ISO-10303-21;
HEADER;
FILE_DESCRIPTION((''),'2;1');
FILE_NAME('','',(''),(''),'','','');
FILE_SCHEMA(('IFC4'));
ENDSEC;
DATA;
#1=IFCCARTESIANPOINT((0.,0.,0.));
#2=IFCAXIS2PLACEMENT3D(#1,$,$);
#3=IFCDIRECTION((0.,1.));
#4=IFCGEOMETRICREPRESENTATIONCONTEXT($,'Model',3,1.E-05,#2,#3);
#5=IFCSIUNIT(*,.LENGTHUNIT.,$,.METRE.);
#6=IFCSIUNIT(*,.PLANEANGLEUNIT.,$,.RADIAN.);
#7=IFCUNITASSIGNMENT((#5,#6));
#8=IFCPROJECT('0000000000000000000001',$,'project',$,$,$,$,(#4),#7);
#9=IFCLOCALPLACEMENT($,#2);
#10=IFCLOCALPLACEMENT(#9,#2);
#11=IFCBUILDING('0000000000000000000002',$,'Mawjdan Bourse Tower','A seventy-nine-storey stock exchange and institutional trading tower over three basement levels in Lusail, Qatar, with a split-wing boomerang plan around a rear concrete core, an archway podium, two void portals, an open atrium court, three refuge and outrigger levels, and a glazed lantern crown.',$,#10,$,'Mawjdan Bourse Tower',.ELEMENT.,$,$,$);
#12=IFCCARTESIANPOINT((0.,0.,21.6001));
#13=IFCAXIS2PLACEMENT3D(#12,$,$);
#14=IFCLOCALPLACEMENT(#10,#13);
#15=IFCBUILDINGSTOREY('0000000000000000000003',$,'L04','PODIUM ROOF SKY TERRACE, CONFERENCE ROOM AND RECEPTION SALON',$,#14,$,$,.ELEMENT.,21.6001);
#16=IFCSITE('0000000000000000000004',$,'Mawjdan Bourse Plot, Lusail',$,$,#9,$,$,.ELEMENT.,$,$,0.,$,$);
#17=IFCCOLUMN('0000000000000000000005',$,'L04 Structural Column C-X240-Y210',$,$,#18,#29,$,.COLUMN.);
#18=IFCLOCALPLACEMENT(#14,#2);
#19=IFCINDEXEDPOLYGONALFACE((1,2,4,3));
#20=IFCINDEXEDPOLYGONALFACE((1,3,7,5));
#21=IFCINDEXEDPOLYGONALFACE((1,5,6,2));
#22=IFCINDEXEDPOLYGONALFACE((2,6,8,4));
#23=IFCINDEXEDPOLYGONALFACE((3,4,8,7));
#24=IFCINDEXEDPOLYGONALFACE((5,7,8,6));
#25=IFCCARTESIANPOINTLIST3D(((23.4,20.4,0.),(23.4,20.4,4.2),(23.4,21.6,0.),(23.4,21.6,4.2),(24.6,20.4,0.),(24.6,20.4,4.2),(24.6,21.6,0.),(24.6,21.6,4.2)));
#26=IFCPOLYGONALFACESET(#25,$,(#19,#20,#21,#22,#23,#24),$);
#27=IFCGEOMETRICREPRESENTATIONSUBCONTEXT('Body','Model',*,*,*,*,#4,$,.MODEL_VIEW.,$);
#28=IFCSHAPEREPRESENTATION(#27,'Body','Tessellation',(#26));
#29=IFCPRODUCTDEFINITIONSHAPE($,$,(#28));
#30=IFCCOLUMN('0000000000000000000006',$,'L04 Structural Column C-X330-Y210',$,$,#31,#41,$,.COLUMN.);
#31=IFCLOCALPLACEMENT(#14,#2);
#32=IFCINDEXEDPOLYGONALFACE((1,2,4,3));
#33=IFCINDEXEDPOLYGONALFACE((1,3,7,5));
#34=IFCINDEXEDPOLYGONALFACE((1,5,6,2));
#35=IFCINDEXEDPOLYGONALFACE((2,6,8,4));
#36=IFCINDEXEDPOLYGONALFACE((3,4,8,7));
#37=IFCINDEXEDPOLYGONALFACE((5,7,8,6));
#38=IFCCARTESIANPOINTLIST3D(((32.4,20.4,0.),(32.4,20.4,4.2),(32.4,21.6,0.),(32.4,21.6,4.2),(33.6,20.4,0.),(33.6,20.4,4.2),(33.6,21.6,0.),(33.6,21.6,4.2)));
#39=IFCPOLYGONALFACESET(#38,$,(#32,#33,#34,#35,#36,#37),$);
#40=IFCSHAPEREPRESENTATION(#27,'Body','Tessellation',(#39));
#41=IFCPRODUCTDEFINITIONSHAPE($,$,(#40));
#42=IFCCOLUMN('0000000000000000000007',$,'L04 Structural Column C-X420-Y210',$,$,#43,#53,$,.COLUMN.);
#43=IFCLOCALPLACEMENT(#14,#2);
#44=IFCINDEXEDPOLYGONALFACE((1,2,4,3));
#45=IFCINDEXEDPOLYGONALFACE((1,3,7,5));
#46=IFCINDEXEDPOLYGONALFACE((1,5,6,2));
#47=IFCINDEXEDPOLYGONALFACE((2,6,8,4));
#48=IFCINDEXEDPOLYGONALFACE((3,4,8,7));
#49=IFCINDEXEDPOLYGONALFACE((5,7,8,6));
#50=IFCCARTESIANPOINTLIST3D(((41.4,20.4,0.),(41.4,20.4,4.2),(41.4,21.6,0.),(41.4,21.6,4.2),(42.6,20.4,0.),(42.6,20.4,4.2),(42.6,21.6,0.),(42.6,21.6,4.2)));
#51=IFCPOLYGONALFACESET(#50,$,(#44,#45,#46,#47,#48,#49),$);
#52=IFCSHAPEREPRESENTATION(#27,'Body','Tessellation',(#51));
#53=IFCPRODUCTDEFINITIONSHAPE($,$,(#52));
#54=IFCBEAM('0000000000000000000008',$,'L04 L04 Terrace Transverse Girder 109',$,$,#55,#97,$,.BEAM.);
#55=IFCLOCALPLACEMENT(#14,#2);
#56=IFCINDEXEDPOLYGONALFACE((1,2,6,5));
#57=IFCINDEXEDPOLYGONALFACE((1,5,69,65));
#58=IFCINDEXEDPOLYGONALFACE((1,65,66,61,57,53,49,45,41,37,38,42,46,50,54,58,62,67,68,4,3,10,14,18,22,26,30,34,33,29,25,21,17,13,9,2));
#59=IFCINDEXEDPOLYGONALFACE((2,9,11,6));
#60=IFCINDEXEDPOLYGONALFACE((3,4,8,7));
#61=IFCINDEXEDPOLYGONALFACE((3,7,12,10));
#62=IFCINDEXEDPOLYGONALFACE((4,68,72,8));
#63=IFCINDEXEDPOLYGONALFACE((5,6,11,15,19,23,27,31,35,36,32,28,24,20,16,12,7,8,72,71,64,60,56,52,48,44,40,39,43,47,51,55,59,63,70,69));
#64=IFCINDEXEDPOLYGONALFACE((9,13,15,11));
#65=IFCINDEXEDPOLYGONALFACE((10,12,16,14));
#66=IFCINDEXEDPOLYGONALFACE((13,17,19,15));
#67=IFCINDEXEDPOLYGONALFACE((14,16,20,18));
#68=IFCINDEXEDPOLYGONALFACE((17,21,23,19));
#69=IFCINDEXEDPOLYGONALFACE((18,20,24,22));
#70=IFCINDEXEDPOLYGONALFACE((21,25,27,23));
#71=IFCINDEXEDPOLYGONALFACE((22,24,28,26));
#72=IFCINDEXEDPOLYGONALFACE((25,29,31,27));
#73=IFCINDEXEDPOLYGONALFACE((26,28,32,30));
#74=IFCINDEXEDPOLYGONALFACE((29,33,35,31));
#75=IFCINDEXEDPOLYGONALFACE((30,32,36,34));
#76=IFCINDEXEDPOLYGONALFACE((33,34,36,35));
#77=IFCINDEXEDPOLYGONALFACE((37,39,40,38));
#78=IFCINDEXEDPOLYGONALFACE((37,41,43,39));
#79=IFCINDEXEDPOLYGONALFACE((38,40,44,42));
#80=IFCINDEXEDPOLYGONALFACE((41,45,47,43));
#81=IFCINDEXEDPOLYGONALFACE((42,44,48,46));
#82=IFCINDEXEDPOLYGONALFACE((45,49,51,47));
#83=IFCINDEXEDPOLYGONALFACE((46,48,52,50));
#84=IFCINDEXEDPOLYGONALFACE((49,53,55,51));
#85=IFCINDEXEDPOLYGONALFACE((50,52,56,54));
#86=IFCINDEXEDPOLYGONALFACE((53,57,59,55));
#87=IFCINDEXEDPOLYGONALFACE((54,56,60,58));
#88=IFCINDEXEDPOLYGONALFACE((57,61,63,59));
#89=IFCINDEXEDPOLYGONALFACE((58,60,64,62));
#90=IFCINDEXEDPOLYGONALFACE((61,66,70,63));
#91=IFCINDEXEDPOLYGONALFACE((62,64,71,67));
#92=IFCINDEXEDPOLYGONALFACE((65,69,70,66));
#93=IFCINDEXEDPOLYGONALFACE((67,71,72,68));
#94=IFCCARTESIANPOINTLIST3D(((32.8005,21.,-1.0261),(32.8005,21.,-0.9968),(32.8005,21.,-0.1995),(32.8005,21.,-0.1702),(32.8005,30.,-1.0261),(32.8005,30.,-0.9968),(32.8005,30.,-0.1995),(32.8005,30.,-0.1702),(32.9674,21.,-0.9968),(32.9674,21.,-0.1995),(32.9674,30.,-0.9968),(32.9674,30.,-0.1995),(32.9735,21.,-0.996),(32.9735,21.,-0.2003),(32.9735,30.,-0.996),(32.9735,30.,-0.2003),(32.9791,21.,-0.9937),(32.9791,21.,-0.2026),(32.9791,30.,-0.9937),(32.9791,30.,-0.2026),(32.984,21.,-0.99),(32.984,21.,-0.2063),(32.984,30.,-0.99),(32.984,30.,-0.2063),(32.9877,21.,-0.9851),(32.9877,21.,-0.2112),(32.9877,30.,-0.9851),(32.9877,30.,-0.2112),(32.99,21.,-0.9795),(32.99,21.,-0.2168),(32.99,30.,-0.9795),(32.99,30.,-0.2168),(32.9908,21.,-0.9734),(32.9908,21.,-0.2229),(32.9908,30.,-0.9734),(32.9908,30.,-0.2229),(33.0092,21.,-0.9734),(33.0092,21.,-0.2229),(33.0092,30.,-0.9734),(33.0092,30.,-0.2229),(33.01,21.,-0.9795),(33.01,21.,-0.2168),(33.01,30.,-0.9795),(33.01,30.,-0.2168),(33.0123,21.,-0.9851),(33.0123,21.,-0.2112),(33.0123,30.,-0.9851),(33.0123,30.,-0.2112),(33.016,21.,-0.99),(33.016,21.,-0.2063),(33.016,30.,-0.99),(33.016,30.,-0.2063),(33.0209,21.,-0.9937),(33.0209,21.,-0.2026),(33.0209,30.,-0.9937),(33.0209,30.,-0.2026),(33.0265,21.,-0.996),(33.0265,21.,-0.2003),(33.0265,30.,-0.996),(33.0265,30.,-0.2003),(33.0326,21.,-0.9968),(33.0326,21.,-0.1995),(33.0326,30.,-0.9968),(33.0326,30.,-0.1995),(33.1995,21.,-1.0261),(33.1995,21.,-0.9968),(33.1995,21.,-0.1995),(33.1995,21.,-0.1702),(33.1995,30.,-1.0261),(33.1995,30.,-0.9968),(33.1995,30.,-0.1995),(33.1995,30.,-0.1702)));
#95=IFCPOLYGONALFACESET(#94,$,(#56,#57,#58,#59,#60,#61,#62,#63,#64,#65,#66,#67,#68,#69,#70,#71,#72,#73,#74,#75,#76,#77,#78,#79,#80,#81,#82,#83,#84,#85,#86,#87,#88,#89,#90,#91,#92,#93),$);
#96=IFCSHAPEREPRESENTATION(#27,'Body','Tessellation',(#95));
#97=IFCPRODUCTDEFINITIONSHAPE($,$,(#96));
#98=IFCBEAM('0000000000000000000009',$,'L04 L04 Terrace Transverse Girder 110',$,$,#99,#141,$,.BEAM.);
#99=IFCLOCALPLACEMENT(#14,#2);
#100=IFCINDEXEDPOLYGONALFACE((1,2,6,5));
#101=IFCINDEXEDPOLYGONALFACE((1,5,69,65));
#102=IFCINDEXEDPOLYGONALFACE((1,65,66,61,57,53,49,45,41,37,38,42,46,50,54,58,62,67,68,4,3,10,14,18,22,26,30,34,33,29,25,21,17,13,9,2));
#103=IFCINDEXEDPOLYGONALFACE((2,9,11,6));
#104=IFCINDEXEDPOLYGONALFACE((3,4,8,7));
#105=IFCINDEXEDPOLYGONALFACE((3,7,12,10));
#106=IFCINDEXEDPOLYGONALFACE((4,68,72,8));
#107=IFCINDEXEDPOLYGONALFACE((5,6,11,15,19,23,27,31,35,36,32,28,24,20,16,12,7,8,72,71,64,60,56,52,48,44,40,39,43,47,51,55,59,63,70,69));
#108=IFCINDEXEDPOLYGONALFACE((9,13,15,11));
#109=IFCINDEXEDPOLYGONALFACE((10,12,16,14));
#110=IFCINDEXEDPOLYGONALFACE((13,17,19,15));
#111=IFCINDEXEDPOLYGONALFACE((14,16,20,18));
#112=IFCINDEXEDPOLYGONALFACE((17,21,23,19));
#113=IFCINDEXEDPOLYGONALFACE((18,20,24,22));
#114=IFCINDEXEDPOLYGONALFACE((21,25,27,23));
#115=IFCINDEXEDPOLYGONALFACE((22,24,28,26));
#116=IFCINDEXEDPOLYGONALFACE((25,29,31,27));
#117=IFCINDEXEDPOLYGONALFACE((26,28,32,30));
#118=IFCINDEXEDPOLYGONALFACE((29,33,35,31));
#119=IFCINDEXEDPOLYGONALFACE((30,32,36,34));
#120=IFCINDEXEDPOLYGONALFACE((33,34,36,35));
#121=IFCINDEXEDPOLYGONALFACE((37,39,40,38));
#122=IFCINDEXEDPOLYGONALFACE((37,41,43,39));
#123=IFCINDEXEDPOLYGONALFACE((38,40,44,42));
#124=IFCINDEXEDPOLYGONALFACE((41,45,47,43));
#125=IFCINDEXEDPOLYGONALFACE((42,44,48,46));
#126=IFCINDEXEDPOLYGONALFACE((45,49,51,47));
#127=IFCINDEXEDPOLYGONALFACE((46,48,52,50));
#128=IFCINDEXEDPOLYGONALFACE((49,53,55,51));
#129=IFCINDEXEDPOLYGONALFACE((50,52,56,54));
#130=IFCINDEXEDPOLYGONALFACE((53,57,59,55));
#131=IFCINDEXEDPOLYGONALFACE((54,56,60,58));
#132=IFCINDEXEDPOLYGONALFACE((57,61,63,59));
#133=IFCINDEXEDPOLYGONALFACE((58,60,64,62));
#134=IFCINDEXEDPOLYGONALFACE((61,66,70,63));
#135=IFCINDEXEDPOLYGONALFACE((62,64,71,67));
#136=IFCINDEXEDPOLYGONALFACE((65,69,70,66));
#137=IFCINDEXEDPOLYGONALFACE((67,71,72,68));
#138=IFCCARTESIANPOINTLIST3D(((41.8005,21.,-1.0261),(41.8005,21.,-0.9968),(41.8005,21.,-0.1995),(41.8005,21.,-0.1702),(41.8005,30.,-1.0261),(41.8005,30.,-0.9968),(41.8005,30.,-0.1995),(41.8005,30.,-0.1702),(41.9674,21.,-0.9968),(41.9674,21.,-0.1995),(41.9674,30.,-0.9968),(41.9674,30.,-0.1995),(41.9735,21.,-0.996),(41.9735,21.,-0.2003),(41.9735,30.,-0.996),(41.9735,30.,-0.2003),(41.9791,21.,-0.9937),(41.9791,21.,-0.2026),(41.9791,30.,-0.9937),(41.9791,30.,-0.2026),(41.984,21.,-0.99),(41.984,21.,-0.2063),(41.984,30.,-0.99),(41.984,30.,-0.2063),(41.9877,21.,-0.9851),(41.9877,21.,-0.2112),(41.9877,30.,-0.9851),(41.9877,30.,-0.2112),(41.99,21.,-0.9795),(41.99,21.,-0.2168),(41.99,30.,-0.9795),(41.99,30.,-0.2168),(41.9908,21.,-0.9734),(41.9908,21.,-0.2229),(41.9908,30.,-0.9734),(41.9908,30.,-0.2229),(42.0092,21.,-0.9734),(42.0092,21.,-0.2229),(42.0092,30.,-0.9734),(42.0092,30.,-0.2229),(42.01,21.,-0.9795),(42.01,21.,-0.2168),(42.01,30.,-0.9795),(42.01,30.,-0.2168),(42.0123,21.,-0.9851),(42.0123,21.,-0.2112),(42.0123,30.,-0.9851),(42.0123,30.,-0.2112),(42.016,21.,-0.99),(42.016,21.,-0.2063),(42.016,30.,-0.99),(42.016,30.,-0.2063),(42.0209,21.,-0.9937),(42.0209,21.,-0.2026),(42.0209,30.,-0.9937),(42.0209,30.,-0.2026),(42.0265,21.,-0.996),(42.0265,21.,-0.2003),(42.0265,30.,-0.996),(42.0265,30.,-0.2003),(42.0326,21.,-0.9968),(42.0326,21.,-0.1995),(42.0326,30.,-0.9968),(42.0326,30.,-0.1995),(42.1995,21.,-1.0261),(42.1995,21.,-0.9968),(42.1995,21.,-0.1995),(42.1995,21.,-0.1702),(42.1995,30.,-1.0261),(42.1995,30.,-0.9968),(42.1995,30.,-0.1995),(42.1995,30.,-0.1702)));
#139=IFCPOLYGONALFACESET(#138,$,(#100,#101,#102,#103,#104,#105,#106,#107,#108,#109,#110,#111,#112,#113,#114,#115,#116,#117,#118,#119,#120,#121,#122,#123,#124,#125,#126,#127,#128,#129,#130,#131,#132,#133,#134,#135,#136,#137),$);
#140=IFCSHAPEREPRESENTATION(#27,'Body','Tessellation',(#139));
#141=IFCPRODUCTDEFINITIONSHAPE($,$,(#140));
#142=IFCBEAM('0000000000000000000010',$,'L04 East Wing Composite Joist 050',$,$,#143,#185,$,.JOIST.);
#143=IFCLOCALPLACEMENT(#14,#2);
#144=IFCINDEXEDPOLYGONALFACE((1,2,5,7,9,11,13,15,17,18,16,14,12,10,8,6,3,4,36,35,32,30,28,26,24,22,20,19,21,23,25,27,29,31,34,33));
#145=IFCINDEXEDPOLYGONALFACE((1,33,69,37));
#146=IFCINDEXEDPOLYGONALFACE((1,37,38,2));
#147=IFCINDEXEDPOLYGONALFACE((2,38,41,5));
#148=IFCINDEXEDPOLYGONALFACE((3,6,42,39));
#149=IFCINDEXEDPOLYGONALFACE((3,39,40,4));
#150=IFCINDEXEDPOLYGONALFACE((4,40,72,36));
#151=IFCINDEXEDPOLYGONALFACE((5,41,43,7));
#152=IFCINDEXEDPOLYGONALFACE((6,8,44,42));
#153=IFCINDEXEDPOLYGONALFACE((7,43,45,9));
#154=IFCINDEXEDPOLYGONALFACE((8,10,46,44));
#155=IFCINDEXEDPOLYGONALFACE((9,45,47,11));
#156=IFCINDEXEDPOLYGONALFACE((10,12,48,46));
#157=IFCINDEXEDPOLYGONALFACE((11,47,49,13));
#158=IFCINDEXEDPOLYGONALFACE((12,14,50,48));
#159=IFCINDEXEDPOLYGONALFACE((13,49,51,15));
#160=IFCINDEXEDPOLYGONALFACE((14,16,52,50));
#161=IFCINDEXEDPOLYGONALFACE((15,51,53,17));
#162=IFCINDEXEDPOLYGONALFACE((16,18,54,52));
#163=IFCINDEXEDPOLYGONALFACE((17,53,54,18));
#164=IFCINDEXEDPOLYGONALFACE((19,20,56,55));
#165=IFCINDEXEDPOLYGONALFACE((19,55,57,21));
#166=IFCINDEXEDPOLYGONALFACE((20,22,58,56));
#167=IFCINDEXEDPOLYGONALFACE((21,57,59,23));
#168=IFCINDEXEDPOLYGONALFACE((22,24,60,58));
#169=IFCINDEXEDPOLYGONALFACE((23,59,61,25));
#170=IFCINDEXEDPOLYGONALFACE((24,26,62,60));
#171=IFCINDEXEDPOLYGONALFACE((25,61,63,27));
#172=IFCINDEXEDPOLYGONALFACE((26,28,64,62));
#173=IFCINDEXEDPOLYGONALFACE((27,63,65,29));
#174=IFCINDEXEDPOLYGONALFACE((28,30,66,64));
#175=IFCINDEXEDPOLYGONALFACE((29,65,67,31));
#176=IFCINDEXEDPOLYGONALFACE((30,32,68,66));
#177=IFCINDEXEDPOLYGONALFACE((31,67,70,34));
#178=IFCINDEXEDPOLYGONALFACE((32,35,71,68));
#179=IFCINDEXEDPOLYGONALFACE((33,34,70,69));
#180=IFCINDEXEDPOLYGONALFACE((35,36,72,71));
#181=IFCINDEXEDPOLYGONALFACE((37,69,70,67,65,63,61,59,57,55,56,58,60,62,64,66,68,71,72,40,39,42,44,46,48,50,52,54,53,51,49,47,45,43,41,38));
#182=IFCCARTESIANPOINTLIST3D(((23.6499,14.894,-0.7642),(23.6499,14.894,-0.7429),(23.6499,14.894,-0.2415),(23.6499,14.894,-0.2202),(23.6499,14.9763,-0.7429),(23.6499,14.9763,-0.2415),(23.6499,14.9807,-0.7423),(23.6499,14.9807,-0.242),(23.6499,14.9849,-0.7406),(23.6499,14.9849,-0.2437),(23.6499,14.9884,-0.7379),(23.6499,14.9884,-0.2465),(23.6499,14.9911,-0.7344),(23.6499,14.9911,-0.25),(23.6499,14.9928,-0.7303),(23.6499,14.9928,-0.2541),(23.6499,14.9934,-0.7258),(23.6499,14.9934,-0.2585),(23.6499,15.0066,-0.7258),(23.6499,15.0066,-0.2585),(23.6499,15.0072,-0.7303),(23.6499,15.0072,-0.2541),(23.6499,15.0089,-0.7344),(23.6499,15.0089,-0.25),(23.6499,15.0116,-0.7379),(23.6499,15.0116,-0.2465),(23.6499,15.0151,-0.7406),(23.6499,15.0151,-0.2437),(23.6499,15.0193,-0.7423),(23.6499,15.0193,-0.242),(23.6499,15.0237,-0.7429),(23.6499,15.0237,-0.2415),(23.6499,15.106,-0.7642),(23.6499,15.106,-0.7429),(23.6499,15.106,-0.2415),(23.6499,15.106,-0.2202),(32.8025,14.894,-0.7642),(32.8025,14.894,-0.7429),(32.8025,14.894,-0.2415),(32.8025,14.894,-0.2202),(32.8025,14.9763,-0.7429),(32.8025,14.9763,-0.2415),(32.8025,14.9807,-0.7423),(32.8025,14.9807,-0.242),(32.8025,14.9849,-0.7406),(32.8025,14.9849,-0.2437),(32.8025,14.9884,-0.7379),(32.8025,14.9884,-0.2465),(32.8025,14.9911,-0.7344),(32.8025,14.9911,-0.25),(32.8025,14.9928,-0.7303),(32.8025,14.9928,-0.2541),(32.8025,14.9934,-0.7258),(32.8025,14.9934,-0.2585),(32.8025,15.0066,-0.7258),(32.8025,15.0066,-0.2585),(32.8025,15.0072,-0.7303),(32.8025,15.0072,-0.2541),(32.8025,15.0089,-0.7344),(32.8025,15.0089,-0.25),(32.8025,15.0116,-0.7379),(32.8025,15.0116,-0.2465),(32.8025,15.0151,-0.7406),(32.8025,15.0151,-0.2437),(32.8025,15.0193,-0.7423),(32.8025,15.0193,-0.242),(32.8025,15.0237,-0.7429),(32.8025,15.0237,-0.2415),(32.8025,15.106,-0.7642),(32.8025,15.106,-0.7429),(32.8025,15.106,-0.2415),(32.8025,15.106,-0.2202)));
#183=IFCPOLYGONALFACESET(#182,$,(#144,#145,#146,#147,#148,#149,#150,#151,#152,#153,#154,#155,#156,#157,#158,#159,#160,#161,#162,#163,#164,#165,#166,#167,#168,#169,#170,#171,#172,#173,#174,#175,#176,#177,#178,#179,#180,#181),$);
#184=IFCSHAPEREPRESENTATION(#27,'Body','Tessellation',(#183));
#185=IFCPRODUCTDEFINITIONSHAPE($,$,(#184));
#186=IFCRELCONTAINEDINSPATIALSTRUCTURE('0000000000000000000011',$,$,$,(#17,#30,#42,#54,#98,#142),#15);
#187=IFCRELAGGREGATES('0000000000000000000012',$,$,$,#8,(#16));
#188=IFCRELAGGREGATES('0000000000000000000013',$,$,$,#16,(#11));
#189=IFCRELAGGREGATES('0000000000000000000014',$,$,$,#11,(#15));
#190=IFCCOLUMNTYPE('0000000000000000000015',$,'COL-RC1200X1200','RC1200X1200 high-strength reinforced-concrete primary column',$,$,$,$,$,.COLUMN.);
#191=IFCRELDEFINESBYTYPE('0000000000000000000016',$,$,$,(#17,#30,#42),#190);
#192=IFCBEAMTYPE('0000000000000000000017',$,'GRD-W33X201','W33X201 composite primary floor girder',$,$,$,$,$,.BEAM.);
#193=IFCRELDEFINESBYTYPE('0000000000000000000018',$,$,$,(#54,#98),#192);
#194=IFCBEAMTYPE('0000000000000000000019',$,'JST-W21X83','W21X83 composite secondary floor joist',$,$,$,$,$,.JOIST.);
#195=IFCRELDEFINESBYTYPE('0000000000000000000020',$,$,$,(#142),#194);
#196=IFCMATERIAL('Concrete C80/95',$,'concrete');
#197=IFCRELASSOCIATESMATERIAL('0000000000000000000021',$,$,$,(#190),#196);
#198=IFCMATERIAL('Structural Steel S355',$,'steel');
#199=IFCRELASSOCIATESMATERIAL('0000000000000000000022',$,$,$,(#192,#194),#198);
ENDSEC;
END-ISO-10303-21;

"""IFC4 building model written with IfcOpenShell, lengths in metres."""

from ifc_helpers import new_model, si_unit, direction, frame, origin, origin_2d, place, context, subcontext, project, spatial, rectangle, i_section, extrude, material, material_profile, profile_set, type_object, element, save


model = new_model("IFC4")

# Units and contexts
model_context = context("Model", 3, precision=1e-05, world=origin(), true_north=direction((0.0, 1.0)))
body_context = subcontext(model_context, "Body", "Model", "MODEL_VIEW")
ifc_project = project(units=[si_unit("LENGTHUNIT", "METRE"), si_unit("PLANEANGLEUNIT", "RADIAN")], contexts=[model_context])

# Site, building, storey
site_placement = place(None, origin())
site = spatial("IfcSite", under=ifc_project, at=site_placement, Name="Mawjdan Bourse Plot, Lusail", CompositionType="ELEMENT", RefElevation=0.0)
building_placement = place(site_placement, origin())
building = spatial("IfcBuilding", under=site, at=building_placement, Name="Mawjdan Bourse Tower", Description="A seventy-nine-storey stock exchange and institutional trading tower over three basement levels in Lusail, Qatar, with a split-wing boomerang plan around a rear concrete core, an archway podium, two void portals, an open atrium court, three refuge and outrigger levels, and a glazed lantern crown.", LongName="Mawjdan Bourse Tower", CompositionType="ELEMENT")
storey_placement = place(building_placement, frame((0.0, 0.0, 21.6001)))
storey = spatial("IfcBuildingStorey", under=building, at=storey_placement, Name="L04", Description="PODIUM ROOF SKY TERRACE, CONFERENCE ROOM AND RECEPTION SALON", CompositionType="ELEMENT", Elevation=21.6001)

# Columns
ifc_material_1 = material(Name="Concrete C80/95", Category="concrete")
ifc_material_profile_1 = material_profile(ifc_material_1, rectangle(XDim=1.2, YDim=1.2, at=origin_2d()), Name="RC1200X1200")
ifc_profile_set_1 = profile_set([ifc_material_profile_1], Name="Concrete C80/95")
column_type = type_object("IfcColumnType", Name="COL-RC1200X1200", Description="RC1200X1200 high-strength reinforced-concrete primary column", PredefinedType="COLUMN", material=ifc_profile_set_1)
for number, where, z_axis, x_axis, name in (
    (1, (24.0, 21.0, 0.0), (0.0, 0.0, 1.0), (1.0, 0.0, 0.0), "L04 Structural Column C-X240-Y210"),
    (2, (33.0, 21.0, 0.0), (0.0, 0.0, 1.0), (1.0, 0.0, 0.0), "L04 Structural Column C-X330-Y210"),
    (3, (42.0, 21.0, 0.0), (0.0, 0.0, 1.0), (1.0, 0.0, 0.0), "L04 Structural Column C-X420-Y210"),
):
    element("IfcColumn", number, at=place(storey_placement, frame(where, z_axis=z_axis, x_axis=x_axis)), inside=storey, type_object=column_type, Name=name, PredefinedType="COLUMN", context=body_context, shape_type="SweptSolid", body=[
        extrude(rectangle(XDim=1.2, YDim=1.2, at=origin_2d()), origin(), (0.0, 0.0, 1.0), 4.2),
    ])

# Beams
ifc_material_2 = material(Name="Structural Steel S355", Category="steel")
ifc_material_profile_2 = material_profile(ifc_material_2, i_section(OverallWidth=0.3989, OverallDepth=0.856, WebThickness=0.0183, FlangeThickness=0.0293, FilletRadius=0.0234, at=origin_2d()), Name="W33X201")
ifc_profile_set_2 = profile_set([ifc_material_profile_2], Name="Structural Steel S355")
beam_type_1 = type_object("IfcBeamType", Name="GRD-W33X201", Description="W33X201 composite primary floor girder", PredefinedType="BEAM", material=ifc_profile_set_2)
for number, where, z_axis, x_axis, name in (
    (4, (33.0, 21.0, -0.5981), (0.0, 1.0, 0.0), (-1.0, 0.0, 0.0), "L04 L04 Terrace Transverse Girder 109"),
    (5, (42.0, 21.0, -0.5981), (0.0, 1.0, 0.0), (-1.0, 0.0, 0.0), "L04 L04 Terrace Transverse Girder 110"),
):
    element("IfcBeam", number, at=place(storey_placement, frame(where, z_axis=z_axis, x_axis=x_axis)), inside=storey, type_object=beam_type_1, Name=name, PredefinedType="BEAM", context=body_context, shape_type="SweptSolid", body=[
        extrude(i_section(OverallWidth=0.3989, OverallDepth=0.856, WebThickness=0.0183, FlangeThickness=0.0293, FilletRadius=0.0234, at=origin_2d()), origin(), (0.0, 0.0, 1.0), 9.0),
    ])
ifc_material_profile_3 = material_profile(ifc_material_2, i_section(OverallWidth=0.2119, OverallDepth=0.5439, WebThickness=0.0132, FlangeThickness=0.0212, FilletRadius=0.0171, at=origin_2d()), Name="W21X83")
ifc_profile_set_3 = profile_set([ifc_material_profile_3], Name="Structural Steel S355")
beam_type_2 = type_object("IfcBeamType", Name="JST-W21X83", Description="W21X83 composite secondary floor joist", PredefinedType="JOIST", material=ifc_profile_set_3)
beam_1_placement = place(storey_placement, frame((23.6499, 15.0, -0.4922), z_axis=(1.0, 0.0, 0.0), x_axis=(0.0, 1.0, 0.0)))
element("IfcBeam", 6, at=beam_1_placement, inside=storey, type_object=beam_type_2, Name="L04 East Wing Composite Joist 050", PredefinedType="JOIST", context=body_context, shape_type="SweptSolid", body=[
    extrude(i_section(OverallWidth=0.2119, OverallDepth=0.5439, WebThickness=0.0132, FlangeThickness=0.0212, FilletRadius=0.0171, at=origin_2d()), origin(), (0.0, 0.0, 1.0), 9.1526),
])

save(model, "model.ifc")
